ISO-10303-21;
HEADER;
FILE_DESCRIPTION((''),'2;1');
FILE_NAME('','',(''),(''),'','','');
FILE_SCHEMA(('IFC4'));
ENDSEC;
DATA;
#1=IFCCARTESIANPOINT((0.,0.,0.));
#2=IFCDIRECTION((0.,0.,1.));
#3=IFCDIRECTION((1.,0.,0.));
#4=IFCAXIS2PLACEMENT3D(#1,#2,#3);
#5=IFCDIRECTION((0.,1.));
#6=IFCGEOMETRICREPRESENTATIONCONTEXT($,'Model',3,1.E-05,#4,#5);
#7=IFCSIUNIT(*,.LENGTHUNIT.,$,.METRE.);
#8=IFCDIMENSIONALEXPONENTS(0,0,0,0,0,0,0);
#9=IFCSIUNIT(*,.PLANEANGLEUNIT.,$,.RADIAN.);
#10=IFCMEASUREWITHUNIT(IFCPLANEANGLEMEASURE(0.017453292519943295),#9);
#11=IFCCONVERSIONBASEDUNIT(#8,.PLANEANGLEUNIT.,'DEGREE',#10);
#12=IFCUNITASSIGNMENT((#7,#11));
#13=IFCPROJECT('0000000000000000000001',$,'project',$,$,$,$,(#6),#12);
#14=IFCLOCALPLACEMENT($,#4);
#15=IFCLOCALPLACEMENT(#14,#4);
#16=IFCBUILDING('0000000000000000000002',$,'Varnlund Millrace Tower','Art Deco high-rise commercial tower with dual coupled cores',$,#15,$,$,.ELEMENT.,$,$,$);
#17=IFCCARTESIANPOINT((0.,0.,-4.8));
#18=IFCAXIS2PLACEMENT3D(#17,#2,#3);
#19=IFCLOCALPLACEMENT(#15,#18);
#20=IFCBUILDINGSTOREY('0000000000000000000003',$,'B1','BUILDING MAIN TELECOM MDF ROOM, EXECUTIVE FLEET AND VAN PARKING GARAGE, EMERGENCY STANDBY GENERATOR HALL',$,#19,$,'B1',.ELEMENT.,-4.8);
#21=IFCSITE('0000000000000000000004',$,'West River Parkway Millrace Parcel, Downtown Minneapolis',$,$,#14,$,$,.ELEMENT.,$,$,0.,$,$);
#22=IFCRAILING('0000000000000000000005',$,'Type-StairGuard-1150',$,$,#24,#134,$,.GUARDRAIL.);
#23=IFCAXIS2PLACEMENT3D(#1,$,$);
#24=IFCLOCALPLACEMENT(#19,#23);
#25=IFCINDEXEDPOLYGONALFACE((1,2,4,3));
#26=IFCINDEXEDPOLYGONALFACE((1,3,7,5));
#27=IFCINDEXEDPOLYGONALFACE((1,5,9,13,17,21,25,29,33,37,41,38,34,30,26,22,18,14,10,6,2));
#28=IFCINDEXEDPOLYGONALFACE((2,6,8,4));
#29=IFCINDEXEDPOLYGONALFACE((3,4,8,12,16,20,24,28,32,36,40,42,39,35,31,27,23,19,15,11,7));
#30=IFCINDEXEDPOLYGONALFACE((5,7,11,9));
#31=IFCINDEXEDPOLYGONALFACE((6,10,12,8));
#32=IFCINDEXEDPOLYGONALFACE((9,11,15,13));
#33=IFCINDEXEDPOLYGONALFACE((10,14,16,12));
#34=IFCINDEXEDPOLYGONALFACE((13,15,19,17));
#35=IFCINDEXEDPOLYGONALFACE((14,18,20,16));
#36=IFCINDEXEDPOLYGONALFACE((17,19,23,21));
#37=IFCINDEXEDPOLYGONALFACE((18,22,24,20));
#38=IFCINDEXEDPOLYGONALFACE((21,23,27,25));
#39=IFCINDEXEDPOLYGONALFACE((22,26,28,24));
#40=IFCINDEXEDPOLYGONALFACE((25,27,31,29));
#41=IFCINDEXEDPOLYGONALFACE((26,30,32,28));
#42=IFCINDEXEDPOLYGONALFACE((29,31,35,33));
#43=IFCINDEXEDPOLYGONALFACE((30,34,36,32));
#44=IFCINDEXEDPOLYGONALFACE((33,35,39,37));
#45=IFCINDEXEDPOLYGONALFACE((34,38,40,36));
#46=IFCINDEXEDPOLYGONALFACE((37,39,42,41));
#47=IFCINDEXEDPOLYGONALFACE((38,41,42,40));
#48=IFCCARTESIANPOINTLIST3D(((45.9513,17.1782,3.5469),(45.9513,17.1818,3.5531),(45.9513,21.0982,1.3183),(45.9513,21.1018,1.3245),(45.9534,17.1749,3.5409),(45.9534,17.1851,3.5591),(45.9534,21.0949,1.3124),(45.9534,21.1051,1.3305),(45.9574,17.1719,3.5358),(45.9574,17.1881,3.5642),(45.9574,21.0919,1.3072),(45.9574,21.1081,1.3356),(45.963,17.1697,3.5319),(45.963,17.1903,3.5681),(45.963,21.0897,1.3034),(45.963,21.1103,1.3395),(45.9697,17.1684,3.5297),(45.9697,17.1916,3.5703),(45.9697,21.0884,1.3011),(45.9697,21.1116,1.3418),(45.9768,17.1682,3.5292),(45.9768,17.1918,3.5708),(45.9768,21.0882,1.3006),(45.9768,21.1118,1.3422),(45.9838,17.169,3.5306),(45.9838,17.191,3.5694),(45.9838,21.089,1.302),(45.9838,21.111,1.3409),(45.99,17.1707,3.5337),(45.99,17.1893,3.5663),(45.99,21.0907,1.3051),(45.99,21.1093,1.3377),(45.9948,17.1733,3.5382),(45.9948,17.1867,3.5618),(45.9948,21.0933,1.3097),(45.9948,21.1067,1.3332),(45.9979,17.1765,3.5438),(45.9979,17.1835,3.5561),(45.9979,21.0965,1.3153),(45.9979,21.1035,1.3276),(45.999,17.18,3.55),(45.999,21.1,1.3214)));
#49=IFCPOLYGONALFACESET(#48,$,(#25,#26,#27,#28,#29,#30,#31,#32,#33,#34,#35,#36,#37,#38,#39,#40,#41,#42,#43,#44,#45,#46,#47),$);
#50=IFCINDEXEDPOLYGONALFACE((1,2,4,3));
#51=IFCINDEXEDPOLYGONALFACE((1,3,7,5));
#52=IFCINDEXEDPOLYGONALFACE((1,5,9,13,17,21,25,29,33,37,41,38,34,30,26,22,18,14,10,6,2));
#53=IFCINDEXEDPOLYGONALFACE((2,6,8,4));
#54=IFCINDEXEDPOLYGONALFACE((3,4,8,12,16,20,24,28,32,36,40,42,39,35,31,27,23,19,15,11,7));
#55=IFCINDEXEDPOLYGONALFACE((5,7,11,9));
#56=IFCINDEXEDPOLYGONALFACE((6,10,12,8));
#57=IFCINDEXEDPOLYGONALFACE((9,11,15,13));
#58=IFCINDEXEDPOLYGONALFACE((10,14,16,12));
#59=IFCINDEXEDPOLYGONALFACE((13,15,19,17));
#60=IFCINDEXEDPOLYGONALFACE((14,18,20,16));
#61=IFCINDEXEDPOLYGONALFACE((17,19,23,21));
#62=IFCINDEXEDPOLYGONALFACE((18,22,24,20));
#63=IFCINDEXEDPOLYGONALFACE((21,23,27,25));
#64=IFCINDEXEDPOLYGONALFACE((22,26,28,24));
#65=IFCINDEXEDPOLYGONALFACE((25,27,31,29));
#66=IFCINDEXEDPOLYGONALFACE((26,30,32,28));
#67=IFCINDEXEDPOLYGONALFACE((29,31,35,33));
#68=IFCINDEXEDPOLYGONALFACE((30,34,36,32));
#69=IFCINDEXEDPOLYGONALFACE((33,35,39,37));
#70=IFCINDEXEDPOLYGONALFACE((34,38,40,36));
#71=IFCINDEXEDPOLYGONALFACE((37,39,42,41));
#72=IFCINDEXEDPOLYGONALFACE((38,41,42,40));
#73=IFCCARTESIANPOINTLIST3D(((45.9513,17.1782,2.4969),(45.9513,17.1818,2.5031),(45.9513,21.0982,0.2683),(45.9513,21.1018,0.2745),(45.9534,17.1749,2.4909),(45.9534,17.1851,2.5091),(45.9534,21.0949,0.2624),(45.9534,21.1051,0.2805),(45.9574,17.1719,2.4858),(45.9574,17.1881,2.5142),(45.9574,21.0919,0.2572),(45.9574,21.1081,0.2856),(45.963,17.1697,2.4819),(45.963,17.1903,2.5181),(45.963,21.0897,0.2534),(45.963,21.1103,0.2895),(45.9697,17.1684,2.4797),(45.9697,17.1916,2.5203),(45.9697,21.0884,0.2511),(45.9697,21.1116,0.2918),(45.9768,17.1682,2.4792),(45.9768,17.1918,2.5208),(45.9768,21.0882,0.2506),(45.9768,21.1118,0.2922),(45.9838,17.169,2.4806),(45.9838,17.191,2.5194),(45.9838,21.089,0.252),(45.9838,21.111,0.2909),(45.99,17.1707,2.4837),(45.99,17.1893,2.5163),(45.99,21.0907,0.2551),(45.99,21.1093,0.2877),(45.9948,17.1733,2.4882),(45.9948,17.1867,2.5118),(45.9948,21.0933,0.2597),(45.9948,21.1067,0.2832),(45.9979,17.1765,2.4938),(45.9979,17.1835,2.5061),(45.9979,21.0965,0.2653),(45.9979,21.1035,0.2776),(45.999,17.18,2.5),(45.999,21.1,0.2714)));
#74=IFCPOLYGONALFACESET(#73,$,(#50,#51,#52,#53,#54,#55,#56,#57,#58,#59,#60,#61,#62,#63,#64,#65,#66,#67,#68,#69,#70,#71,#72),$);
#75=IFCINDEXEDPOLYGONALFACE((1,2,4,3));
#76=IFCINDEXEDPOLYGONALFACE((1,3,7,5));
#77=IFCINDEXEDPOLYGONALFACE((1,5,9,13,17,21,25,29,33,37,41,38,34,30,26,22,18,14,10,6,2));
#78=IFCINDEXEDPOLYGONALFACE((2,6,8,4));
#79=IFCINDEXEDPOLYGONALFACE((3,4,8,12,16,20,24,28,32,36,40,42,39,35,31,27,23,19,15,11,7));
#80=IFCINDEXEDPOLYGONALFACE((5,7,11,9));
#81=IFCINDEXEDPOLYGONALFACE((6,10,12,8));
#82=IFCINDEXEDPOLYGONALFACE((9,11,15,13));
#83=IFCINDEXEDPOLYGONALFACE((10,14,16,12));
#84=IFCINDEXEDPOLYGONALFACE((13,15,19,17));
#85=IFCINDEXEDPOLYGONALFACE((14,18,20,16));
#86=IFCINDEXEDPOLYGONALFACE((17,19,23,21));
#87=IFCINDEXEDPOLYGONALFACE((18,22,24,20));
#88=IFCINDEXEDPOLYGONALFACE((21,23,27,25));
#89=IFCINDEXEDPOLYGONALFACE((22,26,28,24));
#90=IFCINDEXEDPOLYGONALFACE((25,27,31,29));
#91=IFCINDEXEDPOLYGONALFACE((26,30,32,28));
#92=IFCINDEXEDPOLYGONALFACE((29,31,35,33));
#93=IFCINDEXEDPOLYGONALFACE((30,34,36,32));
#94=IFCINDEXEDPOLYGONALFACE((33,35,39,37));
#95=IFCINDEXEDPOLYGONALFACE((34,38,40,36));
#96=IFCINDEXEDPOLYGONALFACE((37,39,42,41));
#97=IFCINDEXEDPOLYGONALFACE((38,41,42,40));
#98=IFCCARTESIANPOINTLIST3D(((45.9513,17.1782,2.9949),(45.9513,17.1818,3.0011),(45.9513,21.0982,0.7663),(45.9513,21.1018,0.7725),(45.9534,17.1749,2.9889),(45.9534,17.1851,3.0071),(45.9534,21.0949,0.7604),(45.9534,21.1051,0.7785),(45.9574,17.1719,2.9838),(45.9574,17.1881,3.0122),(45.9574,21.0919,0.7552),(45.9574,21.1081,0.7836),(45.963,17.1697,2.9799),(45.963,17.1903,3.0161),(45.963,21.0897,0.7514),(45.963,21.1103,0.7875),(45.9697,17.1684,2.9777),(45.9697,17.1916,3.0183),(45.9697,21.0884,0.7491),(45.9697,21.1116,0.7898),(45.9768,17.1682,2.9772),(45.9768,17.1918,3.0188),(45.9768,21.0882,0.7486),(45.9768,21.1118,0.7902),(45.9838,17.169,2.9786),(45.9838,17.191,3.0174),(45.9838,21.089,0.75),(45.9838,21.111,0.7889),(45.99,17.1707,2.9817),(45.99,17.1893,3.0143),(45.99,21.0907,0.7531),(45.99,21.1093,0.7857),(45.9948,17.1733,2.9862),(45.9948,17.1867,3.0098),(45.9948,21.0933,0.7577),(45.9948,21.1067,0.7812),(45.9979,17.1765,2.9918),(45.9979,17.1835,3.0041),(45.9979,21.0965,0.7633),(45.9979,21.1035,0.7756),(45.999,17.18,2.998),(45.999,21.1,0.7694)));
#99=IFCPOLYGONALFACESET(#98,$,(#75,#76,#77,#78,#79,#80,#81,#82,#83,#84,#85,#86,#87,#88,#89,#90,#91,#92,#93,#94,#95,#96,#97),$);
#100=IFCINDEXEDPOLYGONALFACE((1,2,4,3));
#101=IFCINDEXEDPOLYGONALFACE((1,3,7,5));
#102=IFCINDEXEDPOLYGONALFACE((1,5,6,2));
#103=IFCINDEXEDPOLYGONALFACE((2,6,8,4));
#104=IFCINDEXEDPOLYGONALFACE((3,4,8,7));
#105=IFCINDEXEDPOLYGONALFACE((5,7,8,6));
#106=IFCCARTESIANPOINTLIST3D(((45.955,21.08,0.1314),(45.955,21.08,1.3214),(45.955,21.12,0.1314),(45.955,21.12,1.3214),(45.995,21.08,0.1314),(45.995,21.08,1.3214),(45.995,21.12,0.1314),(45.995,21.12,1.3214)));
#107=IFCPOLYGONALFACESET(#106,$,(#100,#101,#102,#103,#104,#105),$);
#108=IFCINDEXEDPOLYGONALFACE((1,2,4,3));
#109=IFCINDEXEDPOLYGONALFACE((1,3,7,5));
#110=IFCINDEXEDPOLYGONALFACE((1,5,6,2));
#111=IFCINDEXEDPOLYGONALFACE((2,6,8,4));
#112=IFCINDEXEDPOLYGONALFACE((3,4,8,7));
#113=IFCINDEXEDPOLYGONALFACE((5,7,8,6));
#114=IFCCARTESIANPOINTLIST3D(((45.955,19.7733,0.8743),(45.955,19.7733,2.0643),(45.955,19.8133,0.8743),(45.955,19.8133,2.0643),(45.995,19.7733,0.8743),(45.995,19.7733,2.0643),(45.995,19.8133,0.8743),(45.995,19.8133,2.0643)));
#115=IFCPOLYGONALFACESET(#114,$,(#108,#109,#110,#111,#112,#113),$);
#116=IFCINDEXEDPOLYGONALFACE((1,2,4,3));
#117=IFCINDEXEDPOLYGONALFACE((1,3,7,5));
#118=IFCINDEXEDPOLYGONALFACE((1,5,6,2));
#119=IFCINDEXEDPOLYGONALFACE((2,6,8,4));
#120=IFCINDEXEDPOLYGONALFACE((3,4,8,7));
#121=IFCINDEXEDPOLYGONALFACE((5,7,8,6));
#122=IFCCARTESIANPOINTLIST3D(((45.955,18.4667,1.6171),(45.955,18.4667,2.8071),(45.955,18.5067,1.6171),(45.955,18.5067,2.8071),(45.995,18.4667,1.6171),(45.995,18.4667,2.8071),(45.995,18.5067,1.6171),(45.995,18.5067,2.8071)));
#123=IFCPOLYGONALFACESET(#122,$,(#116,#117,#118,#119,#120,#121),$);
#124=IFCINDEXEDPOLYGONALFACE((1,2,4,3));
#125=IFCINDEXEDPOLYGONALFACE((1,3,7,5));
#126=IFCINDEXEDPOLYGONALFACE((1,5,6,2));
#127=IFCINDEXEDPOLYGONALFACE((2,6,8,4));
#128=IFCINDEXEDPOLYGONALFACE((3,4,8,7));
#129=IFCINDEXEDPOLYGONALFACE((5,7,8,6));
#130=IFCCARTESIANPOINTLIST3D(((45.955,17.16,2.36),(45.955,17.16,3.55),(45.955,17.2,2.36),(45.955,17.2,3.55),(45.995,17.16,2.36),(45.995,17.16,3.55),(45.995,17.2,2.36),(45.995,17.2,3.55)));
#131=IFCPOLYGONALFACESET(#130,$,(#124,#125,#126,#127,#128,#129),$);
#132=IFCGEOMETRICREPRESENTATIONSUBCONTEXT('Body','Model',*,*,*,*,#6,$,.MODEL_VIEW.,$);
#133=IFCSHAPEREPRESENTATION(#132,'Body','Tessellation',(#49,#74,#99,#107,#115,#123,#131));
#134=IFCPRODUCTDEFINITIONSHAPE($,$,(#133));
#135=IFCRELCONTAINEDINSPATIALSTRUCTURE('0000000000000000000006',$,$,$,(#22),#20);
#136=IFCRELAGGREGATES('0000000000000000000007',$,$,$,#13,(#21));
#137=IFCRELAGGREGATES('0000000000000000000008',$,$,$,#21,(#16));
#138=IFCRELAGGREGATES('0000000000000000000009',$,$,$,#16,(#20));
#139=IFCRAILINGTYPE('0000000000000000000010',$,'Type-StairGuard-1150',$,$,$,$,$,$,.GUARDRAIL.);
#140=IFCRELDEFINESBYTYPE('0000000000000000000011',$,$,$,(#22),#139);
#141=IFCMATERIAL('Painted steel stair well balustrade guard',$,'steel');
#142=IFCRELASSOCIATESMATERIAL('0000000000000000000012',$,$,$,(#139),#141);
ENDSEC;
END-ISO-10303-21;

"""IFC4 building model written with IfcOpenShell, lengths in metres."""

from ifc_helpers import new_model, entity, si_unit, converted_unit, direction, frame, origin_with_axes, origin_2d_with_axis, place, context, subcontext, project, spatial, rectangle, circle, extrude, material, type_object, element, save


model = new_model("IFC4")

# Units and contexts
model_context = context("Model", 3, precision=1e-05, world=origin_with_axes(), true_north=direction((0.0, 1.0)))
body_context = subcontext(model_context, "Body", "Model", "MODEL_VIEW")
ifc_project = project(units=[si_unit("LENGTHUNIT", "METRE"), converted_unit("PLANEANGLEUNIT", "DEGREE", entity("IfcPlaneAngleMeasure", 0.017453292519943295), si_unit("PLANEANGLEUNIT", "RADIAN"), dimensions=[0, 0, 0, 0, 0, 0, 0])], contexts=[model_context])

# Site, building, storey
site_placement = place(None, origin_with_axes())
site = spatial("IfcSite", under=ifc_project, at=site_placement, Name="West River Parkway Millrace Parcel, Downtown Minneapolis", CompositionType="ELEMENT", RefElevation=0.0)
building_placement = place(site_placement, origin_with_axes())
building = spatial("IfcBuilding", under=site, at=building_placement, Name="Varnlund Millrace Tower", Description="Art Deco high-rise commercial tower with dual coupled cores", CompositionType="ELEMENT")
storey_placement = place(building_placement, frame((0.0, 0.0, -4.8), z_axis=(0.0, 0.0, 1.0), x_axis=(1.0, 0.0, 0.0)))
storey = spatial("IfcBuildingStorey", under=building, at=storey_placement, Name="B1", Description="BUILDING MAIN TELECOM MDF ROOM, EXECUTIVE FLEET AND VAN PARKING GARAGE, EMERGENCY STANDBY GENERATOR HALL", LongName="B1", CompositionType="ELEMENT", Elevation=-4.8)

# Railing
ifc_material_1 = material(Name="Painted steel stair well balustrade guard", Category="steel")
railing_type_1 = type_object("IfcRailingType", Name="Type-StairGuard-1150", PredefinedType="GUARDRAIL", material=ifc_material_1)
railing_1_placement = place(storey_placement, frame((0.0, 0.0, 4.8), z_axis=(0.0, 0.0, 1.0), x_axis=(1.0, 0.0, 0.0)))
element("IfcRailing", 1, at=railing_1_placement, inside=storey, type_object=railing_type_1, Name="Type-StairGuard-1150", PredefinedType="GUARDRAIL", context=body_context, shape_type="SweptSolid", body=[
    extrude(circle(Radius=0.024, at=origin_2d_with_axis()), frame((45.975, 21.1, -3.4786), z_axis=(0.0, -0.869333, 0.494227), x_axis=(1.0, 0.0, 0.0)), (0.0, 0.0, 1.0), 4.5092),
    extrude(circle(Radius=0.024, at=origin_2d_with_axis()), frame((45.975, 21.1, -4.5286), z_axis=(0.0, -0.869333, 0.494227), x_axis=(1.0, 0.0, 0.0)), (0.0, 0.0, 1.0), 4.5092),
    extrude(circle(Radius=0.024, at=origin_2d_with_axis()), frame((45.975, 21.1, -4.0306), z_axis=(0.0, -0.869333, 0.494227), x_axis=(1.0, 0.0, 0.0)), (0.0, 0.0, 1.0), 4.5092),
    extrude(rectangle(XDim=0.04, YDim=0.04, at=origin_2d_with_axis()), frame((45.975, 21.1, -4.6686), z_axis=(0.0, 0.0, 1.0), x_axis=(1.0, 0.0, 0.0)), (0.0, 0.0, 1.0), 1.19),
    extrude(rectangle(XDim=0.04, YDim=0.04, at=origin_2d_with_axis()), frame((45.975, 19.7933, -3.9257), z_axis=(0.0, 0.0, 1.0), x_axis=(1.0, 0.0, 0.0)), (0.0, 0.0, 1.0), 1.19),
    extrude(rectangle(XDim=0.04, YDim=0.04, at=origin_2d_with_axis()), frame((45.975, 18.4867, -3.1829), z_axis=(0.0, 0.0, 1.0), x_axis=(1.0, 0.0, 0.0)), (0.0, 0.0, 1.0), 1.19),
    extrude(rectangle(XDim=0.04, YDim=0.04, at=origin_2d_with_axis()), frame((45.975, 17.18, -2.44), z_axis=(0.0, 0.0, 1.0), x_axis=(1.0, 0.0, 0.0)), (0.0, 0.0, 1.0), 1.19),
])

save(model, "model.ifc")
